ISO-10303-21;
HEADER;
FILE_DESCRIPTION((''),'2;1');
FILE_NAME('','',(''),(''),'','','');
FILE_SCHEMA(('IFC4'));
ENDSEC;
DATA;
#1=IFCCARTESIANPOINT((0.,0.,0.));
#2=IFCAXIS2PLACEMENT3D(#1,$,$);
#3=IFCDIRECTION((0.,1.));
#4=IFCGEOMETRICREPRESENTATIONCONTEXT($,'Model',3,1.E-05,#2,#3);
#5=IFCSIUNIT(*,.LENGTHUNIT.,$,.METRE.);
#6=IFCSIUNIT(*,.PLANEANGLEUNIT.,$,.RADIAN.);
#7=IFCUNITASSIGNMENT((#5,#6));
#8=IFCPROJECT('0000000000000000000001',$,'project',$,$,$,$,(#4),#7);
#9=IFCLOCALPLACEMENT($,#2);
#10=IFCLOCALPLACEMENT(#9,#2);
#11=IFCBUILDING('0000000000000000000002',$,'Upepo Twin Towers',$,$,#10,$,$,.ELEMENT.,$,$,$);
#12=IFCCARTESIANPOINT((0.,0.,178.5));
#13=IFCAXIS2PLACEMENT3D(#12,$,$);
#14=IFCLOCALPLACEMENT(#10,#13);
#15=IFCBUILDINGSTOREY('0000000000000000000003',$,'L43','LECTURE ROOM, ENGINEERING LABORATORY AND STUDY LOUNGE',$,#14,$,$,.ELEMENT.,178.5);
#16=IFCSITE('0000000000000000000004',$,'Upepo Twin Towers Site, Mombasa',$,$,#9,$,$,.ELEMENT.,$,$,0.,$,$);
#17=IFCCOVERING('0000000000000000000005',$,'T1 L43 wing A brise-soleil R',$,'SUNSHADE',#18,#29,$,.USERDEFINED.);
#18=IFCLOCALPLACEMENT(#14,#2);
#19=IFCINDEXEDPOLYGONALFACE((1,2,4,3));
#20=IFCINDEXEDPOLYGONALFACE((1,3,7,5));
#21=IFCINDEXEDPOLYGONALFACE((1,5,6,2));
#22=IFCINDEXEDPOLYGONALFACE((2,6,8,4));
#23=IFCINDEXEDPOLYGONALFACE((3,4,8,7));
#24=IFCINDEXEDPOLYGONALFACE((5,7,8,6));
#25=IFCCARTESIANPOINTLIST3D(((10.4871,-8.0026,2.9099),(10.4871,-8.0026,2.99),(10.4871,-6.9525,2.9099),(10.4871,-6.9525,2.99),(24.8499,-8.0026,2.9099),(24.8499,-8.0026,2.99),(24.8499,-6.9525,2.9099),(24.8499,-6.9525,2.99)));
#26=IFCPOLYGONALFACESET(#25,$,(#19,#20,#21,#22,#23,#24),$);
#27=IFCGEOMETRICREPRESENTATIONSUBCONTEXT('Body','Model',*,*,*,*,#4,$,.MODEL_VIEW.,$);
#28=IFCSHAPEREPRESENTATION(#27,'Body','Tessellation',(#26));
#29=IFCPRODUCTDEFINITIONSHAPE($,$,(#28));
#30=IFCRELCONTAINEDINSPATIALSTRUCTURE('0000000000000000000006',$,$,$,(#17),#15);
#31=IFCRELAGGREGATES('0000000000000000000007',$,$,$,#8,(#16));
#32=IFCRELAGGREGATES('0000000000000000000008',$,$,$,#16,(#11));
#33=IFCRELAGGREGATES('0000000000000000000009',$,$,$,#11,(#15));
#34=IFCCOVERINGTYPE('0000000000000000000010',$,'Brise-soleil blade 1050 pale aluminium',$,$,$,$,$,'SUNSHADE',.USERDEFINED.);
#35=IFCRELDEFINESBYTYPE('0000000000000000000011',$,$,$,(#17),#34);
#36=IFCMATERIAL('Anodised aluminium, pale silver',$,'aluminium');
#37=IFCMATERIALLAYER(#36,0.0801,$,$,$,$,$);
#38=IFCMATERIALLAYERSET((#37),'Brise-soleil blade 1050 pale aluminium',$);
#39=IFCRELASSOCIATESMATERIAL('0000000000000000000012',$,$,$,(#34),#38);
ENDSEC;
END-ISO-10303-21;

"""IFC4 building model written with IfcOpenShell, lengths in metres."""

from ifc_helpers import new_model, si_unit, direction, frame, origin, origin_2d, place, context, subcontext, project, spatial, rectangle, extrude, material, layer, layer_set, type_object, element, save


model = new_model("IFC4")

# Units and contexts
model_context = context("Model", 3, precision=1e-05, world=origin(), true_north=direction((0.0, 1.0)))
body_context = subcontext(model_context, "Body", "Model", "MODEL_VIEW")
ifc_project = project(units=[si_unit("LENGTHUNIT", "METRE"), si_unit("PLANEANGLEUNIT", "RADIAN")], contexts=[model_context])

# Site, building, storey
site_placement = place(None, origin())
site = spatial("IfcSite", under=ifc_project, at=site_placement, Name="Upepo Twin Towers Site, Mombasa", CompositionType="ELEMENT", RefElevation=0.0)
building_placement = place(site_placement, origin())
building = spatial("IfcBuilding", under=site, at=building_placement, Name="Upepo Twin Towers", CompositionType="ELEMENT")
storey_placement = place(building_placement, frame((0.0, 0.0, 178.5)))
storey = spatial("IfcBuildingStorey", under=building, at=storey_placement, Name="L43", Description="LECTURE ROOM, ENGINEERING LABORATORY AND STUDY LOUNGE", CompositionType="ELEMENT", Elevation=178.5)

# Covering
ifc_material_1 = material(Name="Anodised aluminium, pale silver", Category="aluminium")
ifc_layer_1 = layer(ifc_material_1, 0.0801)
ifc_layer_set_1 = layer_set([ifc_layer_1], Name="Brise-soleil blade 1050 pale aluminium")
covering_type = type_object("IfcCoveringType", Name="Brise-soleil blade 1050 pale aluminium", ElementType="SUNSHADE", PredefinedType="USERDEFINED", material=ifc_layer_set_1)
covering_placement = place(storey_placement, frame((17.6685, -7.4775, 2.9099), z_axis=(0.0, 0.0, 1.0), x_axis=(1.0, 0.0, 0.0)))
element("IfcCovering", 1, at=covering_placement, inside=storey, type_object=covering_type, Name="T1 L43 wing A brise-soleil R", ObjectType="SUNSHADE", PredefinedType="USERDEFINED", context=body_context, shape_type="SweptSolid", body=[
    extrude(rectangle(XDim=14.3628, YDim=1.05, at=origin_2d()), origin(), (0.0, 0.0, 1.0), 0.0801),
])

save(model, "model.ifc")
